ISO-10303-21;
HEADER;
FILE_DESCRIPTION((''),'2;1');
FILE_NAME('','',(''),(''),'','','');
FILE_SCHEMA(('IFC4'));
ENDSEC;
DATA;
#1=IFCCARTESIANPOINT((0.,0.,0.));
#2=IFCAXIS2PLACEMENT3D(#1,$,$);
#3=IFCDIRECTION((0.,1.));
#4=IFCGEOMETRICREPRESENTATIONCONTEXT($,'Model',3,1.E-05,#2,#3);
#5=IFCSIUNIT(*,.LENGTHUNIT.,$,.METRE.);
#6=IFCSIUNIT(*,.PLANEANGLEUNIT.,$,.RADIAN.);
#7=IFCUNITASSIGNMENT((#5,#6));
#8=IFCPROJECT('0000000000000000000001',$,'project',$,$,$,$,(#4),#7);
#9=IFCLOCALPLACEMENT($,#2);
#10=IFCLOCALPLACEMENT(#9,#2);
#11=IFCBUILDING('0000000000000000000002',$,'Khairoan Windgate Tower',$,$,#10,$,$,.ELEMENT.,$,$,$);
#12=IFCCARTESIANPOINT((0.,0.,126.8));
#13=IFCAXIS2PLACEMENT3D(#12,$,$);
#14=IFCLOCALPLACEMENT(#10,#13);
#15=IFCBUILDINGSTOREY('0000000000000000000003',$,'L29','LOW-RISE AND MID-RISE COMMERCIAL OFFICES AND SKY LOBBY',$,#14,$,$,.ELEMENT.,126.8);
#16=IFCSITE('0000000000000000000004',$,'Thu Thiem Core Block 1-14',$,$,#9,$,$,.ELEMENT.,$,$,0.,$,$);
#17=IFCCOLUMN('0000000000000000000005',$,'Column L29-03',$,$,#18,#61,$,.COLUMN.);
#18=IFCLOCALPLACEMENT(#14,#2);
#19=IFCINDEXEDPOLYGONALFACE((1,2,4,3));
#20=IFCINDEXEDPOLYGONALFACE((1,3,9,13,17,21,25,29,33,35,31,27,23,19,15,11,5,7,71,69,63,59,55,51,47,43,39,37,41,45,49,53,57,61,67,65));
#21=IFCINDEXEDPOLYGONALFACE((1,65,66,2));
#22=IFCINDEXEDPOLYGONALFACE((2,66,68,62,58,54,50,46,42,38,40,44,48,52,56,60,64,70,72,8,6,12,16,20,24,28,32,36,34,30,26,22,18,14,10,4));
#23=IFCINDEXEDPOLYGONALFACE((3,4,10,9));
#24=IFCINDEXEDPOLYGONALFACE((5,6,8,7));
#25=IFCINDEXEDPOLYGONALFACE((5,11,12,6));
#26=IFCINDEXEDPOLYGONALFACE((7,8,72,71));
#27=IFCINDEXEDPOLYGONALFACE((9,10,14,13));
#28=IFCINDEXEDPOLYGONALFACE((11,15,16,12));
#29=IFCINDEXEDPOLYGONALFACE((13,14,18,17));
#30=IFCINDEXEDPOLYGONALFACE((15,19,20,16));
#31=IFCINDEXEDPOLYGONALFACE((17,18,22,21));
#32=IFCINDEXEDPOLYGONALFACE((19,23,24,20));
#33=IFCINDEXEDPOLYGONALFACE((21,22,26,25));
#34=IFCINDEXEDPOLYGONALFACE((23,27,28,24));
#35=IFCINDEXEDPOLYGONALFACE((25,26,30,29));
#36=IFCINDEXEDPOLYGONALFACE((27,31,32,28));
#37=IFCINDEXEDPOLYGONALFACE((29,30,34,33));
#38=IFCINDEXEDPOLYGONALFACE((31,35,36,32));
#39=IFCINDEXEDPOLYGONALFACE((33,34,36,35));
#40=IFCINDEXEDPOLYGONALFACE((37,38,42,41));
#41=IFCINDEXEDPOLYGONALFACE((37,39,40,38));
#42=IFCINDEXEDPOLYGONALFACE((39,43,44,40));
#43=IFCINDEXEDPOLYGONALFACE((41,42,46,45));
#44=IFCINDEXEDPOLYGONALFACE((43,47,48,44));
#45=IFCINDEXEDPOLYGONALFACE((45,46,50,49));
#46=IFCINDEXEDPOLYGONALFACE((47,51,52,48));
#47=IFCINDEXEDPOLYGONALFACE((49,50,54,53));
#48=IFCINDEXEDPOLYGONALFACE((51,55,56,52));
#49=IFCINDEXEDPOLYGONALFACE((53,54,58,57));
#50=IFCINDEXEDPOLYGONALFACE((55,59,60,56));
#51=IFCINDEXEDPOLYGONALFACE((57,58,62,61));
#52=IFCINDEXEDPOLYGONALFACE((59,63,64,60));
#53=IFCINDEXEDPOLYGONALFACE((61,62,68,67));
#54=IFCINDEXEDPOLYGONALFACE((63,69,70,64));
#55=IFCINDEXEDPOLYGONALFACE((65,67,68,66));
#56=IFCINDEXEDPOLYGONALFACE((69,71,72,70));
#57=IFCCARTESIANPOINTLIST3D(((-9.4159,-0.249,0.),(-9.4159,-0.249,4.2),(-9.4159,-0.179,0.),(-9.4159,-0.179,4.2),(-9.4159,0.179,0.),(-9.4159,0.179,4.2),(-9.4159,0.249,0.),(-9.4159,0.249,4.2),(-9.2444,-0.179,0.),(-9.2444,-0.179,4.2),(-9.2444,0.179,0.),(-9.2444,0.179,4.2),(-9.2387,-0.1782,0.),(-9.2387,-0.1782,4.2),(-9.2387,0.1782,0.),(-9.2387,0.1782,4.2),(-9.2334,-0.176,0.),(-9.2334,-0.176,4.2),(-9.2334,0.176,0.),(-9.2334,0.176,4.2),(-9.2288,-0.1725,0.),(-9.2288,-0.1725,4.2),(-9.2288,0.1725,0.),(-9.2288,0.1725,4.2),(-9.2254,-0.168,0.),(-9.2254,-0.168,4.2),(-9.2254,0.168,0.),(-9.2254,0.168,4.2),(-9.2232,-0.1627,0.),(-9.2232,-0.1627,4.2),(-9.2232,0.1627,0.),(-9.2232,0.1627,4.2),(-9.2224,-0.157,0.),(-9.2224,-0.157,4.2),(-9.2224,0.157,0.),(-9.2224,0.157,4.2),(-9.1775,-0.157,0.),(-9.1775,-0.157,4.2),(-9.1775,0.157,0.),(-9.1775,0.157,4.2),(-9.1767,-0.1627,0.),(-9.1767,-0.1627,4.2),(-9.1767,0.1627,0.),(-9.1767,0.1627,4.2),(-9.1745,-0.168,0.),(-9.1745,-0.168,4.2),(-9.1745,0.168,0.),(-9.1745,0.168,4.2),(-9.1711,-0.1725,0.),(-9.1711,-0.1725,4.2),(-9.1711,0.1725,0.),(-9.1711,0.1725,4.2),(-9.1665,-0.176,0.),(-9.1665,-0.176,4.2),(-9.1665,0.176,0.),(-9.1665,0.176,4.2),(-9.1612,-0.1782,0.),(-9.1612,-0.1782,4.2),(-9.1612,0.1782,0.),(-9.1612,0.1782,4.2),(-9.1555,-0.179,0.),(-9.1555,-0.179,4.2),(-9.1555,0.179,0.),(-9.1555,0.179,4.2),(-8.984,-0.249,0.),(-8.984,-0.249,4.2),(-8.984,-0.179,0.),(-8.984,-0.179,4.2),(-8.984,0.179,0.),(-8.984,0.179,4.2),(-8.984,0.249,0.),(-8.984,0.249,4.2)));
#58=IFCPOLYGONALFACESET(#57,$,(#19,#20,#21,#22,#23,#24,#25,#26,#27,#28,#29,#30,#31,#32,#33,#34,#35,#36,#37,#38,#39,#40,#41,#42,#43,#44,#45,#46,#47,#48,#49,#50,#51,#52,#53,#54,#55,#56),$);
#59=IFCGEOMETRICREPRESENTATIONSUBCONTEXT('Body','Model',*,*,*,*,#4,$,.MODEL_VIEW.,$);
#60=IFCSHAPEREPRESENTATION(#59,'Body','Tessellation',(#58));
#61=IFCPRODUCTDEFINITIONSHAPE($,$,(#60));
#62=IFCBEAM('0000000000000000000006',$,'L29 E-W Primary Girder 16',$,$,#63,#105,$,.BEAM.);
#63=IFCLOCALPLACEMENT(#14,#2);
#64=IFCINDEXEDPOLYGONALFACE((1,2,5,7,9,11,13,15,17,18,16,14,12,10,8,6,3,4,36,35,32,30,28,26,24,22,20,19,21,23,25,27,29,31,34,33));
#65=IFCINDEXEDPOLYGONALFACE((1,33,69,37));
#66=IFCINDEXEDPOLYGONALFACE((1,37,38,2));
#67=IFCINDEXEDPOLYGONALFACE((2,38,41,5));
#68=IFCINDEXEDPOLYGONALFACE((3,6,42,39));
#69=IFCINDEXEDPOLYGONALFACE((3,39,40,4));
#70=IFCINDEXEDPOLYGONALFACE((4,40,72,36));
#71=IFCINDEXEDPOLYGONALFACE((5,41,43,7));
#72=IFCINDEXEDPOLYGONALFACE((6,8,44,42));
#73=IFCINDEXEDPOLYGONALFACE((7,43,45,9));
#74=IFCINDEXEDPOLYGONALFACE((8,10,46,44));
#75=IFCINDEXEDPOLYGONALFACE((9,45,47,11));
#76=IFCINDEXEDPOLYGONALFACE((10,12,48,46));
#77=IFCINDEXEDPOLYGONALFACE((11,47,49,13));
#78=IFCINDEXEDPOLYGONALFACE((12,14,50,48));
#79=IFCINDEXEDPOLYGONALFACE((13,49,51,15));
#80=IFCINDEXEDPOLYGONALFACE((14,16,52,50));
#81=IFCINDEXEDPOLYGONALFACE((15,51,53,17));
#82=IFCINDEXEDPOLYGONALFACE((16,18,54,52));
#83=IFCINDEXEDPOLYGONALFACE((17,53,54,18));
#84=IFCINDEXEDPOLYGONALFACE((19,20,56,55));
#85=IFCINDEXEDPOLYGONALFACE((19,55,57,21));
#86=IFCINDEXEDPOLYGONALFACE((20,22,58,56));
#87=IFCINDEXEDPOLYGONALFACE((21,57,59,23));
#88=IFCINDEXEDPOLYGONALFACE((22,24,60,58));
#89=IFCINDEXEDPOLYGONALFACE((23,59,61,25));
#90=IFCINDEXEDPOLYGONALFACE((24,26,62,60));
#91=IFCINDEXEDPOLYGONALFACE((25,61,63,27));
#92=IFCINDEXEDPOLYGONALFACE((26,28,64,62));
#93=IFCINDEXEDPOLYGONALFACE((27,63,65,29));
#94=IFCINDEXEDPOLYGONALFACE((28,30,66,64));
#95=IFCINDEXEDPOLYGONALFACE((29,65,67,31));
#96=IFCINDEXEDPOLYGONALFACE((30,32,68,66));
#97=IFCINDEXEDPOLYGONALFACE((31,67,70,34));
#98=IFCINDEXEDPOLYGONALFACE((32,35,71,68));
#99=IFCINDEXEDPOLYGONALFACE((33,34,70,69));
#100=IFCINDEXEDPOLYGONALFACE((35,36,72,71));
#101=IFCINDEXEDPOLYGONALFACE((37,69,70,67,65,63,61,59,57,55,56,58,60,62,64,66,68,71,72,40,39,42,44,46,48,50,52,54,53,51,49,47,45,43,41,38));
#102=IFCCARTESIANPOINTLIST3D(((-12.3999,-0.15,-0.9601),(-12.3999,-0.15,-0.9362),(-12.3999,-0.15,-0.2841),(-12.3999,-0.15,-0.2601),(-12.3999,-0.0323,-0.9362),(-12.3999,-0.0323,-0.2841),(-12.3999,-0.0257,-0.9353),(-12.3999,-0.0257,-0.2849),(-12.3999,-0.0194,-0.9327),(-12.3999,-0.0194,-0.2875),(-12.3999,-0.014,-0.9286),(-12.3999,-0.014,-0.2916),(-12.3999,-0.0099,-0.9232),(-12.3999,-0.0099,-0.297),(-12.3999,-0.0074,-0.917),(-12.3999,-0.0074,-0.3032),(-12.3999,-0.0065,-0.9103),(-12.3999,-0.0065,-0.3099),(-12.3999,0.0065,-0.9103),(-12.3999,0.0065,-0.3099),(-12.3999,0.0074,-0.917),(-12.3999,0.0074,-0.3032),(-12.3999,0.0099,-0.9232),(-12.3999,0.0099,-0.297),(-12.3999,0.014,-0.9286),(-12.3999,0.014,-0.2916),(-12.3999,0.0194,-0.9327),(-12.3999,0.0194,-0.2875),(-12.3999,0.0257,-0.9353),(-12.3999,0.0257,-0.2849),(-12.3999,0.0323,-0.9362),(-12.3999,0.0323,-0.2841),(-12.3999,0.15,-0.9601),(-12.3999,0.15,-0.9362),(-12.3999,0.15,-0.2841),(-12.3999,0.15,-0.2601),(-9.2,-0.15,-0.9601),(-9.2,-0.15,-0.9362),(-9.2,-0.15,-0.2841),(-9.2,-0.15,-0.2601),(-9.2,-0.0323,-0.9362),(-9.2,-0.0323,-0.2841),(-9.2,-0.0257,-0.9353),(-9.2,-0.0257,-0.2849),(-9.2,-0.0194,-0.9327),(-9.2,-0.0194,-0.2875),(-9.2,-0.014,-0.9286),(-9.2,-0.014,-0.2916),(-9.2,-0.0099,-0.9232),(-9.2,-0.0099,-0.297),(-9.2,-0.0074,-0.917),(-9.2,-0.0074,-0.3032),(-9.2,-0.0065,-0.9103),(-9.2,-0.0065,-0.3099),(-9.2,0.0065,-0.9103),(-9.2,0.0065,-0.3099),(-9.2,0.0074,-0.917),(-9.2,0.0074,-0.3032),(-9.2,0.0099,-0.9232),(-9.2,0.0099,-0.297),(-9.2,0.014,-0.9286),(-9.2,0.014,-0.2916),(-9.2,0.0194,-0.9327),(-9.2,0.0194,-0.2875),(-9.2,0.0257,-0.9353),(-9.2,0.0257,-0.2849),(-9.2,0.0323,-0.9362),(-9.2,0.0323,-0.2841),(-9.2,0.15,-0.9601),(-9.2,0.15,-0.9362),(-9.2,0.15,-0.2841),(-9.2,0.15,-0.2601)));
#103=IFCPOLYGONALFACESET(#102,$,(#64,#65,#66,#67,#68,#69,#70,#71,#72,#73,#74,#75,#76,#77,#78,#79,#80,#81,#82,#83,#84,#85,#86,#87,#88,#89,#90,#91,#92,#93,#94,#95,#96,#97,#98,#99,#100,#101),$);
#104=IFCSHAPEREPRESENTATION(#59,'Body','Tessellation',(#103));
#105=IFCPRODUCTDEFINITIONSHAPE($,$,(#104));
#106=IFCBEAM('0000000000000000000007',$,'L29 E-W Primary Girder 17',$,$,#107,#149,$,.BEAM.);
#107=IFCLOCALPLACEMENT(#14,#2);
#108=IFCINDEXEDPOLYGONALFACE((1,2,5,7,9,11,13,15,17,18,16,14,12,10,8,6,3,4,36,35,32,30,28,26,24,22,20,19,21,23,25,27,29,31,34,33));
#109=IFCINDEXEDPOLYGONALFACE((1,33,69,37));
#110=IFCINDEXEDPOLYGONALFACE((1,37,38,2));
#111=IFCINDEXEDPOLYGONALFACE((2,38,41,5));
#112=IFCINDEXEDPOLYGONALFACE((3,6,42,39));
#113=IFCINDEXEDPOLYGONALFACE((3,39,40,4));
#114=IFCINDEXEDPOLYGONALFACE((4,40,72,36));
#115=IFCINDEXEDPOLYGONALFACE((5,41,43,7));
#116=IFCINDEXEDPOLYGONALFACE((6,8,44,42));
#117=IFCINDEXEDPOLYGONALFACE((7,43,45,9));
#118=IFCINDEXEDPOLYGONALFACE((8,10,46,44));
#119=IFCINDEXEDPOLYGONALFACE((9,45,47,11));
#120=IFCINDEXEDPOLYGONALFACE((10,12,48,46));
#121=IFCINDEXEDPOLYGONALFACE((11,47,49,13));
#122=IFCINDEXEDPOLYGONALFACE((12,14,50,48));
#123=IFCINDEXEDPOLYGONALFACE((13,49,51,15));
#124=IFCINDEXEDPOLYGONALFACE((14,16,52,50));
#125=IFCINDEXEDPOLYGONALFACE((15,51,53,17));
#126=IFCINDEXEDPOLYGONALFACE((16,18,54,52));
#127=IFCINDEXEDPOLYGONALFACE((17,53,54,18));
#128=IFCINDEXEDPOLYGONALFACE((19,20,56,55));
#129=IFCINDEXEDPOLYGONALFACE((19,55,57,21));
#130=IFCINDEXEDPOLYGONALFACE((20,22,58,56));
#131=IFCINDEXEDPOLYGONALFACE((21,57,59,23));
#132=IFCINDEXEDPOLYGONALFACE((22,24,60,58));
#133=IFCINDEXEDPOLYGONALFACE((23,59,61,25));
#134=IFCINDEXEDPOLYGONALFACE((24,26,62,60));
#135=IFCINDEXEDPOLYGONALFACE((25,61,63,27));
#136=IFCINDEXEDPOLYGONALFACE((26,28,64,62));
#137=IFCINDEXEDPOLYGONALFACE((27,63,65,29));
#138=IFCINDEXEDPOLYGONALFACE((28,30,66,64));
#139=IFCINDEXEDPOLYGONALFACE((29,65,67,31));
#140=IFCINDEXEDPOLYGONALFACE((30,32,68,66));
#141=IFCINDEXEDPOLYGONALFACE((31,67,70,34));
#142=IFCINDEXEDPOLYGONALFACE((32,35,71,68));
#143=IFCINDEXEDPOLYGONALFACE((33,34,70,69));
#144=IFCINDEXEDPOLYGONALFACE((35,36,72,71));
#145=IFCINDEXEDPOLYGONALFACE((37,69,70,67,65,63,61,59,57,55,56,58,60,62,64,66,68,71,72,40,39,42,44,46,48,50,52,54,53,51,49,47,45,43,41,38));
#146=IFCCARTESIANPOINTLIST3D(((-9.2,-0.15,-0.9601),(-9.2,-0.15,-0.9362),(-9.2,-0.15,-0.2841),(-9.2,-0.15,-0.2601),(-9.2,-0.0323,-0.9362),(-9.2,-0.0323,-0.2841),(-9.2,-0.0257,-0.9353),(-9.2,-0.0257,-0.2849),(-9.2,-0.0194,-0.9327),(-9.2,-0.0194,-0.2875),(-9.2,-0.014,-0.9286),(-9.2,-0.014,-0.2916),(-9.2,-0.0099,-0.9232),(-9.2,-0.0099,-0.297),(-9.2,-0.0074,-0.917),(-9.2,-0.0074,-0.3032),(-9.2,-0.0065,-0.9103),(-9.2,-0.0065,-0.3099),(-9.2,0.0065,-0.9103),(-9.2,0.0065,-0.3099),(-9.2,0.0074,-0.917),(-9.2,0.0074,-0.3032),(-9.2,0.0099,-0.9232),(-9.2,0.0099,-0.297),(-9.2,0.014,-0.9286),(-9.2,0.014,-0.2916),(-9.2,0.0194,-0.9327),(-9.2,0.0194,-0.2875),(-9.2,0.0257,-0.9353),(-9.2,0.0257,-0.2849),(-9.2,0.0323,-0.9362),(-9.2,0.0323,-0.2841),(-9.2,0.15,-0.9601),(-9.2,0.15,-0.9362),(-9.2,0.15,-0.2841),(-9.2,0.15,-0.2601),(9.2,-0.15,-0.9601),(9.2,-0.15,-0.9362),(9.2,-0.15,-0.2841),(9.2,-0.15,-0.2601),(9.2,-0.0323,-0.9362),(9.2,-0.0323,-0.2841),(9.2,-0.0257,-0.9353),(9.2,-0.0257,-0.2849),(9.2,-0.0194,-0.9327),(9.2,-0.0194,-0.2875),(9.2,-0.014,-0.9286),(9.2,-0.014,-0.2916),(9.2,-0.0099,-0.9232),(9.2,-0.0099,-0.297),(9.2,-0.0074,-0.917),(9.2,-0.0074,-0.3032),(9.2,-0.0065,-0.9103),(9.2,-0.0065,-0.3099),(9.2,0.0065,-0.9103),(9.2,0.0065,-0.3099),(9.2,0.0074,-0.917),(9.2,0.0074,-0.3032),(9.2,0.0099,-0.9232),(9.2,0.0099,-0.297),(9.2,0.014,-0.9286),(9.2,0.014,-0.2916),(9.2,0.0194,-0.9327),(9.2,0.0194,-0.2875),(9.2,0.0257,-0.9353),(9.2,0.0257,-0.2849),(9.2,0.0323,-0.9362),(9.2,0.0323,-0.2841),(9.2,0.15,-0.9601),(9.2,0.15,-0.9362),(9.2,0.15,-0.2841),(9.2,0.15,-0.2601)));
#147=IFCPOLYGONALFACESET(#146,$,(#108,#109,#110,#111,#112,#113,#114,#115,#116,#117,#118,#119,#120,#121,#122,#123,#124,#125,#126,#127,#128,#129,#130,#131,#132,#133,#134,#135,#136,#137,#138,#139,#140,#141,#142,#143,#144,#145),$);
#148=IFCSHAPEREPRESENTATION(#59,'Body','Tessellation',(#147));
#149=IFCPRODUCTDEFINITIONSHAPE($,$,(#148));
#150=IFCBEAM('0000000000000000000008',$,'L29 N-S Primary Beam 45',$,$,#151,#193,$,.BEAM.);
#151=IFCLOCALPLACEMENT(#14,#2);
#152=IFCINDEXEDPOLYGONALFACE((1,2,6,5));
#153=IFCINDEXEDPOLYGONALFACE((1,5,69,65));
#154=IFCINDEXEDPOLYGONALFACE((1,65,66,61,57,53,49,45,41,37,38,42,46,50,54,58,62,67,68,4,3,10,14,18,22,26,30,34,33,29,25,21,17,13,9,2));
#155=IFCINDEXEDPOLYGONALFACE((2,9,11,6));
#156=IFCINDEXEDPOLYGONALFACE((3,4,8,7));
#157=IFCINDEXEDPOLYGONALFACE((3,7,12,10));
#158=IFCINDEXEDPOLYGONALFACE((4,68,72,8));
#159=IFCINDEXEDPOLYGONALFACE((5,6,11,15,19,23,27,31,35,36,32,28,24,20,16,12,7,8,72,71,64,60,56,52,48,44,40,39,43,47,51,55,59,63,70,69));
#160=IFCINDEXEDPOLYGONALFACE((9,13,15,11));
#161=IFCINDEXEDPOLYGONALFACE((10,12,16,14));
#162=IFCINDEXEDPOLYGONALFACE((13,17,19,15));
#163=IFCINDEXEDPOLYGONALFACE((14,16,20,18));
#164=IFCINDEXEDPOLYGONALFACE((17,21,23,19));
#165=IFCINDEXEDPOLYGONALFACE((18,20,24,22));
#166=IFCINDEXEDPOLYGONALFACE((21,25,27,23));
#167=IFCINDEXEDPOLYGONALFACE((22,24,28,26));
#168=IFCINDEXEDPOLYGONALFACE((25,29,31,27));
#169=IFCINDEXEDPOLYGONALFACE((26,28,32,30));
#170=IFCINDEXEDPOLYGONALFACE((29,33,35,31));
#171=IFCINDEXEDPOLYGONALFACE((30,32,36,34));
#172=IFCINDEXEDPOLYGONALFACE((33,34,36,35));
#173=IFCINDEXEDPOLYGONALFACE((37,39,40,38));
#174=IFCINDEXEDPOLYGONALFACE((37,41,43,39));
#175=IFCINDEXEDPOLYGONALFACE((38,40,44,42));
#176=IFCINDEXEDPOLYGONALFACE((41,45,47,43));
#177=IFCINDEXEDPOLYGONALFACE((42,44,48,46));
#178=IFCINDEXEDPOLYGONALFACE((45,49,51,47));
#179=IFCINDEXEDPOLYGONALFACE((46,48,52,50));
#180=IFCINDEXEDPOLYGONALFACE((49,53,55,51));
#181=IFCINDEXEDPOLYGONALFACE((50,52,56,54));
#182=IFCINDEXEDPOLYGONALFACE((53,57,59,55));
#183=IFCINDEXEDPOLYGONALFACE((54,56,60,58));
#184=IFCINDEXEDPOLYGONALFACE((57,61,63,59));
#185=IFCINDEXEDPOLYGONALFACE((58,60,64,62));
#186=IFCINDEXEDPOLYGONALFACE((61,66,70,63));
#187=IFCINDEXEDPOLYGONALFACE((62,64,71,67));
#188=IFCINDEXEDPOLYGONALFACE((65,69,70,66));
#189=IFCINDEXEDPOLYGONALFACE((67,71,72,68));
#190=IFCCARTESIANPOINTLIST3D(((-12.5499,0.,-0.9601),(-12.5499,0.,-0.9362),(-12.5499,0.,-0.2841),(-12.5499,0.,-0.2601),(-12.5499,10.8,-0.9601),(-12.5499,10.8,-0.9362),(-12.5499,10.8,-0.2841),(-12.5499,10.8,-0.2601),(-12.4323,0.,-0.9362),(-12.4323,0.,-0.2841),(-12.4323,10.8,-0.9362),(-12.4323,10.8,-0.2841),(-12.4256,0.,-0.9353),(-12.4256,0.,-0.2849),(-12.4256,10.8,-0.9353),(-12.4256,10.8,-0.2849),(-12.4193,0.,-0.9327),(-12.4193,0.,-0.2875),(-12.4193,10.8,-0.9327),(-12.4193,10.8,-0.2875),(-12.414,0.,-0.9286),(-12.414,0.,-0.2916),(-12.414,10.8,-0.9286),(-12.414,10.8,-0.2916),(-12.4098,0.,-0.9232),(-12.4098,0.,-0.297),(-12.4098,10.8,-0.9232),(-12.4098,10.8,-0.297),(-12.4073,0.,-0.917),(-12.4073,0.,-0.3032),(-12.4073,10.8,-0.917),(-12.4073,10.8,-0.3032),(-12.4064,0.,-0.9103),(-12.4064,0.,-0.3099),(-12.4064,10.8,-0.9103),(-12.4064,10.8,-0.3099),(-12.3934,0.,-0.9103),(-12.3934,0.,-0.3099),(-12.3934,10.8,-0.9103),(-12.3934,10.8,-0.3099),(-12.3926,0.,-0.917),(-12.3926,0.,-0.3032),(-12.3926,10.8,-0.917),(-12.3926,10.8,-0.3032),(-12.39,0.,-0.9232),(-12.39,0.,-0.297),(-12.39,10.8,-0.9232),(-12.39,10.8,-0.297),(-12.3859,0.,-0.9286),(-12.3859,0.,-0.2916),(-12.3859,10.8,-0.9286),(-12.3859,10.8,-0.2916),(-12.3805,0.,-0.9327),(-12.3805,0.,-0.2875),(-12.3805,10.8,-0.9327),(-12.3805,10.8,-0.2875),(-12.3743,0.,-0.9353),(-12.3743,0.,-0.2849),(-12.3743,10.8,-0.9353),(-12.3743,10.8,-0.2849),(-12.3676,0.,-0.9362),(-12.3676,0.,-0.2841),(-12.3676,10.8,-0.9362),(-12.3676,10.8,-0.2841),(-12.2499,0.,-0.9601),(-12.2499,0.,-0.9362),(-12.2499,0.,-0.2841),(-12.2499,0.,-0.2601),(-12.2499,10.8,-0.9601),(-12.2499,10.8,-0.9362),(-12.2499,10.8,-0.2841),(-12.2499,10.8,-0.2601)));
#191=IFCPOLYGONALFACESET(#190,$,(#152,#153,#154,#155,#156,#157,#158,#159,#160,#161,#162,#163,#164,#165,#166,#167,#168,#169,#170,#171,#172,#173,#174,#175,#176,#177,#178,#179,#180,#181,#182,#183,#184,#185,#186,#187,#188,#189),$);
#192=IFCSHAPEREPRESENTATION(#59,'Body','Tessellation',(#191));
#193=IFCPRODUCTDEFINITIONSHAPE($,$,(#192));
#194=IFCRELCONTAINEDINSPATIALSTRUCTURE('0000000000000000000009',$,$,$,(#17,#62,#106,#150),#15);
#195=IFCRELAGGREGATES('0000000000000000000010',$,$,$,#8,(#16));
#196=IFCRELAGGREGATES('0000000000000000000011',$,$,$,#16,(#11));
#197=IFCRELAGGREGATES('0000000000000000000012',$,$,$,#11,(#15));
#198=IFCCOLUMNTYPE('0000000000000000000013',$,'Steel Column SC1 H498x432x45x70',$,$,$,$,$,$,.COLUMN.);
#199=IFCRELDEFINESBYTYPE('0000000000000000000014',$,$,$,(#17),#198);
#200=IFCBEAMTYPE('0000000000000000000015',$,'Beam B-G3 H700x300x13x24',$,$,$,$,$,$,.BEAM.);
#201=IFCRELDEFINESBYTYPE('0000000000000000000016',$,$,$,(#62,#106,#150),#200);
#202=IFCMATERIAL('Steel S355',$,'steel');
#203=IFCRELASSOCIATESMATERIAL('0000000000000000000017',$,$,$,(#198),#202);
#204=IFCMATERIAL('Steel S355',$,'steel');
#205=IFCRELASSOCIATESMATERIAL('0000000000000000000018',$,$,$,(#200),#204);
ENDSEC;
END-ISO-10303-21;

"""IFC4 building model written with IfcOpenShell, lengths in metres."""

from ifc_helpers import new_model, si_unit, direction, frame, origin, origin_2d, place, context, subcontext, project, spatial, i_section, extrude, material, material_profile, profile_set, type_object, element, save


model = new_model("IFC4")

# Units and contexts
model_context = context("Model", 3, precision=1e-05, world=origin(), true_north=direction((0.0, 1.0)))
body_context = subcontext(model_context, "Body", "Model", "MODEL_VIEW")
ifc_project = project(units=[si_unit("LENGTHUNIT", "METRE"), si_unit("PLANEANGLEUNIT", "RADIAN")], contexts=[model_context])

# Site, building, storey
site_placement = place(None, origin())
site = spatial("IfcSite", under=ifc_project, at=site_placement, Name="Thu Thiem Core Block 1-14", CompositionType="ELEMENT", RefElevation=0.0)
building_placement = place(site_placement, origin())
building = spatial("IfcBuilding", under=site, at=building_placement, Name="Khairoan Windgate Tower", CompositionType="ELEMENT")
storey_placement = place(building_placement, frame((0.0, 0.0, 126.8)))
storey = spatial("IfcBuildingStorey", under=building, at=storey_placement, Name="L29", Description="LOW-RISE AND MID-RISE COMMERCIAL OFFICES AND SKY LOBBY", CompositionType="ELEMENT", Elevation=126.8)

# Column
ifc_material_1 = material(Name="Steel S355", Category="steel")
ifc_material_profile_1 = material_profile(ifc_material_1, i_section(OverallWidth=0.4319, OverallDepth=0.498, WebThickness=0.0449, FlangeThickness=0.0701, FilletRadius=0.022, at=origin_2d()))
ifc_profile_set_1 = profile_set([ifc_material_profile_1], Name="Steel S355")
column_type = type_object("IfcColumnType", Name="Steel Column SC1 H498x432x45x70", PredefinedType="COLUMN", material=ifc_profile_set_1)
column_placement = place(storey_placement, frame((-9.2, 0.0, 0.0), z_axis=(0.0, 0.0, 1.0), x_axis=(1.0, 0.0, 0.0)))
element("IfcColumn", 1, at=column_placement, inside=storey, type_object=column_type, Name="Column L29-03", PredefinedType="COLUMN", context=body_context, shape_type="SweptSolid", body=[
    extrude(i_section(OverallWidth=0.4319, OverallDepth=0.498, WebThickness=0.0449, FlangeThickness=0.0701, FilletRadius=0.022, at=origin_2d()), origin(), (0.0, 0.0, 1.0), 4.2),
])

# Beams
ifc_material_2 = material(Name="Steel S355", Category="steel")
ifc_material_profile_2 = material_profile(ifc_material_2, i_section(OverallWidth=0.3, OverallDepth=0.7, WebThickness=0.0129, FlangeThickness=0.0239, FilletRadius=0.0259, at=origin_2d()))
ifc_profile_set_2 = profile_set([ifc_material_profile_2], Name="Steel S355")
beam_type = type_object("IfcBeamType", Name="Beam B-G3 H700x300x13x24", PredefinedType="BEAM", material=ifc_profile_set_2)
beam_1_placement = place(storey_placement, frame((-12.3999, 0.0, -0.6101), z_axis=(1.0, 0.0, 0.0), x_axis=(0.0, 1.0, 0.0)))
element("IfcBeam", 2, at=beam_1_placement, inside=storey, type_object=beam_type, Name="L29 E-W Primary Girder 16", PredefinedType="BEAM", context=body_context, shape_type="SweptSolid", body=[
    extrude(i_section(OverallWidth=0.3, OverallDepth=0.7, WebThickness=0.0129, FlangeThickness=0.0239, FilletRadius=0.0259, at=origin_2d()), origin(), (0.0, 0.0, 1.0), 3.2),
])
beam_2_placement = place(storey_placement, frame((-9.2, 0.0, -0.6101), z_axis=(1.0, 0.0, 0.0), x_axis=(0.0, 1.0, 0.0)))
element("IfcBeam", 3, at=beam_2_placement, inside=storey, type_object=beam_type, Name="L29 E-W Primary Girder 17", PredefinedType="BEAM", context=body_context, shape_type="SweptSolid", body=[
    extrude(i_section(OverallWidth=0.3, OverallDepth=0.7, WebThickness=0.0129, FlangeThickness=0.0239, FilletRadius=0.0259, at=origin_2d()), origin(), (0.0, 0.0, 1.0), 18.3999),
])
for number, where, z_axis, x_axis, name in (
    (4, (-12.3999, 0.0, -0.6101), (0.0, 1.0, 0.0), (-1.0, 0.0, 0.0), "L29 N-S Primary Beam 45"),
):
    element("IfcBeam", number, at=place(storey_placement, frame(where, z_axis=z_axis, x_axis=x_axis)), inside=storey, type_object=beam_type, Name=name, PredefinedType="BEAM", context=body_context, shape_type="SweptSolid", body=[
        extrude(i_section(OverallWidth=0.3, OverallDepth=0.7, WebThickness=0.0129, FlangeThickness=0.0239, FilletRadius=0.0259, at=origin_2d()), origin(), (0.0, 0.0, 1.0), 10.8),
    ])

save(model, "model.ifc")
